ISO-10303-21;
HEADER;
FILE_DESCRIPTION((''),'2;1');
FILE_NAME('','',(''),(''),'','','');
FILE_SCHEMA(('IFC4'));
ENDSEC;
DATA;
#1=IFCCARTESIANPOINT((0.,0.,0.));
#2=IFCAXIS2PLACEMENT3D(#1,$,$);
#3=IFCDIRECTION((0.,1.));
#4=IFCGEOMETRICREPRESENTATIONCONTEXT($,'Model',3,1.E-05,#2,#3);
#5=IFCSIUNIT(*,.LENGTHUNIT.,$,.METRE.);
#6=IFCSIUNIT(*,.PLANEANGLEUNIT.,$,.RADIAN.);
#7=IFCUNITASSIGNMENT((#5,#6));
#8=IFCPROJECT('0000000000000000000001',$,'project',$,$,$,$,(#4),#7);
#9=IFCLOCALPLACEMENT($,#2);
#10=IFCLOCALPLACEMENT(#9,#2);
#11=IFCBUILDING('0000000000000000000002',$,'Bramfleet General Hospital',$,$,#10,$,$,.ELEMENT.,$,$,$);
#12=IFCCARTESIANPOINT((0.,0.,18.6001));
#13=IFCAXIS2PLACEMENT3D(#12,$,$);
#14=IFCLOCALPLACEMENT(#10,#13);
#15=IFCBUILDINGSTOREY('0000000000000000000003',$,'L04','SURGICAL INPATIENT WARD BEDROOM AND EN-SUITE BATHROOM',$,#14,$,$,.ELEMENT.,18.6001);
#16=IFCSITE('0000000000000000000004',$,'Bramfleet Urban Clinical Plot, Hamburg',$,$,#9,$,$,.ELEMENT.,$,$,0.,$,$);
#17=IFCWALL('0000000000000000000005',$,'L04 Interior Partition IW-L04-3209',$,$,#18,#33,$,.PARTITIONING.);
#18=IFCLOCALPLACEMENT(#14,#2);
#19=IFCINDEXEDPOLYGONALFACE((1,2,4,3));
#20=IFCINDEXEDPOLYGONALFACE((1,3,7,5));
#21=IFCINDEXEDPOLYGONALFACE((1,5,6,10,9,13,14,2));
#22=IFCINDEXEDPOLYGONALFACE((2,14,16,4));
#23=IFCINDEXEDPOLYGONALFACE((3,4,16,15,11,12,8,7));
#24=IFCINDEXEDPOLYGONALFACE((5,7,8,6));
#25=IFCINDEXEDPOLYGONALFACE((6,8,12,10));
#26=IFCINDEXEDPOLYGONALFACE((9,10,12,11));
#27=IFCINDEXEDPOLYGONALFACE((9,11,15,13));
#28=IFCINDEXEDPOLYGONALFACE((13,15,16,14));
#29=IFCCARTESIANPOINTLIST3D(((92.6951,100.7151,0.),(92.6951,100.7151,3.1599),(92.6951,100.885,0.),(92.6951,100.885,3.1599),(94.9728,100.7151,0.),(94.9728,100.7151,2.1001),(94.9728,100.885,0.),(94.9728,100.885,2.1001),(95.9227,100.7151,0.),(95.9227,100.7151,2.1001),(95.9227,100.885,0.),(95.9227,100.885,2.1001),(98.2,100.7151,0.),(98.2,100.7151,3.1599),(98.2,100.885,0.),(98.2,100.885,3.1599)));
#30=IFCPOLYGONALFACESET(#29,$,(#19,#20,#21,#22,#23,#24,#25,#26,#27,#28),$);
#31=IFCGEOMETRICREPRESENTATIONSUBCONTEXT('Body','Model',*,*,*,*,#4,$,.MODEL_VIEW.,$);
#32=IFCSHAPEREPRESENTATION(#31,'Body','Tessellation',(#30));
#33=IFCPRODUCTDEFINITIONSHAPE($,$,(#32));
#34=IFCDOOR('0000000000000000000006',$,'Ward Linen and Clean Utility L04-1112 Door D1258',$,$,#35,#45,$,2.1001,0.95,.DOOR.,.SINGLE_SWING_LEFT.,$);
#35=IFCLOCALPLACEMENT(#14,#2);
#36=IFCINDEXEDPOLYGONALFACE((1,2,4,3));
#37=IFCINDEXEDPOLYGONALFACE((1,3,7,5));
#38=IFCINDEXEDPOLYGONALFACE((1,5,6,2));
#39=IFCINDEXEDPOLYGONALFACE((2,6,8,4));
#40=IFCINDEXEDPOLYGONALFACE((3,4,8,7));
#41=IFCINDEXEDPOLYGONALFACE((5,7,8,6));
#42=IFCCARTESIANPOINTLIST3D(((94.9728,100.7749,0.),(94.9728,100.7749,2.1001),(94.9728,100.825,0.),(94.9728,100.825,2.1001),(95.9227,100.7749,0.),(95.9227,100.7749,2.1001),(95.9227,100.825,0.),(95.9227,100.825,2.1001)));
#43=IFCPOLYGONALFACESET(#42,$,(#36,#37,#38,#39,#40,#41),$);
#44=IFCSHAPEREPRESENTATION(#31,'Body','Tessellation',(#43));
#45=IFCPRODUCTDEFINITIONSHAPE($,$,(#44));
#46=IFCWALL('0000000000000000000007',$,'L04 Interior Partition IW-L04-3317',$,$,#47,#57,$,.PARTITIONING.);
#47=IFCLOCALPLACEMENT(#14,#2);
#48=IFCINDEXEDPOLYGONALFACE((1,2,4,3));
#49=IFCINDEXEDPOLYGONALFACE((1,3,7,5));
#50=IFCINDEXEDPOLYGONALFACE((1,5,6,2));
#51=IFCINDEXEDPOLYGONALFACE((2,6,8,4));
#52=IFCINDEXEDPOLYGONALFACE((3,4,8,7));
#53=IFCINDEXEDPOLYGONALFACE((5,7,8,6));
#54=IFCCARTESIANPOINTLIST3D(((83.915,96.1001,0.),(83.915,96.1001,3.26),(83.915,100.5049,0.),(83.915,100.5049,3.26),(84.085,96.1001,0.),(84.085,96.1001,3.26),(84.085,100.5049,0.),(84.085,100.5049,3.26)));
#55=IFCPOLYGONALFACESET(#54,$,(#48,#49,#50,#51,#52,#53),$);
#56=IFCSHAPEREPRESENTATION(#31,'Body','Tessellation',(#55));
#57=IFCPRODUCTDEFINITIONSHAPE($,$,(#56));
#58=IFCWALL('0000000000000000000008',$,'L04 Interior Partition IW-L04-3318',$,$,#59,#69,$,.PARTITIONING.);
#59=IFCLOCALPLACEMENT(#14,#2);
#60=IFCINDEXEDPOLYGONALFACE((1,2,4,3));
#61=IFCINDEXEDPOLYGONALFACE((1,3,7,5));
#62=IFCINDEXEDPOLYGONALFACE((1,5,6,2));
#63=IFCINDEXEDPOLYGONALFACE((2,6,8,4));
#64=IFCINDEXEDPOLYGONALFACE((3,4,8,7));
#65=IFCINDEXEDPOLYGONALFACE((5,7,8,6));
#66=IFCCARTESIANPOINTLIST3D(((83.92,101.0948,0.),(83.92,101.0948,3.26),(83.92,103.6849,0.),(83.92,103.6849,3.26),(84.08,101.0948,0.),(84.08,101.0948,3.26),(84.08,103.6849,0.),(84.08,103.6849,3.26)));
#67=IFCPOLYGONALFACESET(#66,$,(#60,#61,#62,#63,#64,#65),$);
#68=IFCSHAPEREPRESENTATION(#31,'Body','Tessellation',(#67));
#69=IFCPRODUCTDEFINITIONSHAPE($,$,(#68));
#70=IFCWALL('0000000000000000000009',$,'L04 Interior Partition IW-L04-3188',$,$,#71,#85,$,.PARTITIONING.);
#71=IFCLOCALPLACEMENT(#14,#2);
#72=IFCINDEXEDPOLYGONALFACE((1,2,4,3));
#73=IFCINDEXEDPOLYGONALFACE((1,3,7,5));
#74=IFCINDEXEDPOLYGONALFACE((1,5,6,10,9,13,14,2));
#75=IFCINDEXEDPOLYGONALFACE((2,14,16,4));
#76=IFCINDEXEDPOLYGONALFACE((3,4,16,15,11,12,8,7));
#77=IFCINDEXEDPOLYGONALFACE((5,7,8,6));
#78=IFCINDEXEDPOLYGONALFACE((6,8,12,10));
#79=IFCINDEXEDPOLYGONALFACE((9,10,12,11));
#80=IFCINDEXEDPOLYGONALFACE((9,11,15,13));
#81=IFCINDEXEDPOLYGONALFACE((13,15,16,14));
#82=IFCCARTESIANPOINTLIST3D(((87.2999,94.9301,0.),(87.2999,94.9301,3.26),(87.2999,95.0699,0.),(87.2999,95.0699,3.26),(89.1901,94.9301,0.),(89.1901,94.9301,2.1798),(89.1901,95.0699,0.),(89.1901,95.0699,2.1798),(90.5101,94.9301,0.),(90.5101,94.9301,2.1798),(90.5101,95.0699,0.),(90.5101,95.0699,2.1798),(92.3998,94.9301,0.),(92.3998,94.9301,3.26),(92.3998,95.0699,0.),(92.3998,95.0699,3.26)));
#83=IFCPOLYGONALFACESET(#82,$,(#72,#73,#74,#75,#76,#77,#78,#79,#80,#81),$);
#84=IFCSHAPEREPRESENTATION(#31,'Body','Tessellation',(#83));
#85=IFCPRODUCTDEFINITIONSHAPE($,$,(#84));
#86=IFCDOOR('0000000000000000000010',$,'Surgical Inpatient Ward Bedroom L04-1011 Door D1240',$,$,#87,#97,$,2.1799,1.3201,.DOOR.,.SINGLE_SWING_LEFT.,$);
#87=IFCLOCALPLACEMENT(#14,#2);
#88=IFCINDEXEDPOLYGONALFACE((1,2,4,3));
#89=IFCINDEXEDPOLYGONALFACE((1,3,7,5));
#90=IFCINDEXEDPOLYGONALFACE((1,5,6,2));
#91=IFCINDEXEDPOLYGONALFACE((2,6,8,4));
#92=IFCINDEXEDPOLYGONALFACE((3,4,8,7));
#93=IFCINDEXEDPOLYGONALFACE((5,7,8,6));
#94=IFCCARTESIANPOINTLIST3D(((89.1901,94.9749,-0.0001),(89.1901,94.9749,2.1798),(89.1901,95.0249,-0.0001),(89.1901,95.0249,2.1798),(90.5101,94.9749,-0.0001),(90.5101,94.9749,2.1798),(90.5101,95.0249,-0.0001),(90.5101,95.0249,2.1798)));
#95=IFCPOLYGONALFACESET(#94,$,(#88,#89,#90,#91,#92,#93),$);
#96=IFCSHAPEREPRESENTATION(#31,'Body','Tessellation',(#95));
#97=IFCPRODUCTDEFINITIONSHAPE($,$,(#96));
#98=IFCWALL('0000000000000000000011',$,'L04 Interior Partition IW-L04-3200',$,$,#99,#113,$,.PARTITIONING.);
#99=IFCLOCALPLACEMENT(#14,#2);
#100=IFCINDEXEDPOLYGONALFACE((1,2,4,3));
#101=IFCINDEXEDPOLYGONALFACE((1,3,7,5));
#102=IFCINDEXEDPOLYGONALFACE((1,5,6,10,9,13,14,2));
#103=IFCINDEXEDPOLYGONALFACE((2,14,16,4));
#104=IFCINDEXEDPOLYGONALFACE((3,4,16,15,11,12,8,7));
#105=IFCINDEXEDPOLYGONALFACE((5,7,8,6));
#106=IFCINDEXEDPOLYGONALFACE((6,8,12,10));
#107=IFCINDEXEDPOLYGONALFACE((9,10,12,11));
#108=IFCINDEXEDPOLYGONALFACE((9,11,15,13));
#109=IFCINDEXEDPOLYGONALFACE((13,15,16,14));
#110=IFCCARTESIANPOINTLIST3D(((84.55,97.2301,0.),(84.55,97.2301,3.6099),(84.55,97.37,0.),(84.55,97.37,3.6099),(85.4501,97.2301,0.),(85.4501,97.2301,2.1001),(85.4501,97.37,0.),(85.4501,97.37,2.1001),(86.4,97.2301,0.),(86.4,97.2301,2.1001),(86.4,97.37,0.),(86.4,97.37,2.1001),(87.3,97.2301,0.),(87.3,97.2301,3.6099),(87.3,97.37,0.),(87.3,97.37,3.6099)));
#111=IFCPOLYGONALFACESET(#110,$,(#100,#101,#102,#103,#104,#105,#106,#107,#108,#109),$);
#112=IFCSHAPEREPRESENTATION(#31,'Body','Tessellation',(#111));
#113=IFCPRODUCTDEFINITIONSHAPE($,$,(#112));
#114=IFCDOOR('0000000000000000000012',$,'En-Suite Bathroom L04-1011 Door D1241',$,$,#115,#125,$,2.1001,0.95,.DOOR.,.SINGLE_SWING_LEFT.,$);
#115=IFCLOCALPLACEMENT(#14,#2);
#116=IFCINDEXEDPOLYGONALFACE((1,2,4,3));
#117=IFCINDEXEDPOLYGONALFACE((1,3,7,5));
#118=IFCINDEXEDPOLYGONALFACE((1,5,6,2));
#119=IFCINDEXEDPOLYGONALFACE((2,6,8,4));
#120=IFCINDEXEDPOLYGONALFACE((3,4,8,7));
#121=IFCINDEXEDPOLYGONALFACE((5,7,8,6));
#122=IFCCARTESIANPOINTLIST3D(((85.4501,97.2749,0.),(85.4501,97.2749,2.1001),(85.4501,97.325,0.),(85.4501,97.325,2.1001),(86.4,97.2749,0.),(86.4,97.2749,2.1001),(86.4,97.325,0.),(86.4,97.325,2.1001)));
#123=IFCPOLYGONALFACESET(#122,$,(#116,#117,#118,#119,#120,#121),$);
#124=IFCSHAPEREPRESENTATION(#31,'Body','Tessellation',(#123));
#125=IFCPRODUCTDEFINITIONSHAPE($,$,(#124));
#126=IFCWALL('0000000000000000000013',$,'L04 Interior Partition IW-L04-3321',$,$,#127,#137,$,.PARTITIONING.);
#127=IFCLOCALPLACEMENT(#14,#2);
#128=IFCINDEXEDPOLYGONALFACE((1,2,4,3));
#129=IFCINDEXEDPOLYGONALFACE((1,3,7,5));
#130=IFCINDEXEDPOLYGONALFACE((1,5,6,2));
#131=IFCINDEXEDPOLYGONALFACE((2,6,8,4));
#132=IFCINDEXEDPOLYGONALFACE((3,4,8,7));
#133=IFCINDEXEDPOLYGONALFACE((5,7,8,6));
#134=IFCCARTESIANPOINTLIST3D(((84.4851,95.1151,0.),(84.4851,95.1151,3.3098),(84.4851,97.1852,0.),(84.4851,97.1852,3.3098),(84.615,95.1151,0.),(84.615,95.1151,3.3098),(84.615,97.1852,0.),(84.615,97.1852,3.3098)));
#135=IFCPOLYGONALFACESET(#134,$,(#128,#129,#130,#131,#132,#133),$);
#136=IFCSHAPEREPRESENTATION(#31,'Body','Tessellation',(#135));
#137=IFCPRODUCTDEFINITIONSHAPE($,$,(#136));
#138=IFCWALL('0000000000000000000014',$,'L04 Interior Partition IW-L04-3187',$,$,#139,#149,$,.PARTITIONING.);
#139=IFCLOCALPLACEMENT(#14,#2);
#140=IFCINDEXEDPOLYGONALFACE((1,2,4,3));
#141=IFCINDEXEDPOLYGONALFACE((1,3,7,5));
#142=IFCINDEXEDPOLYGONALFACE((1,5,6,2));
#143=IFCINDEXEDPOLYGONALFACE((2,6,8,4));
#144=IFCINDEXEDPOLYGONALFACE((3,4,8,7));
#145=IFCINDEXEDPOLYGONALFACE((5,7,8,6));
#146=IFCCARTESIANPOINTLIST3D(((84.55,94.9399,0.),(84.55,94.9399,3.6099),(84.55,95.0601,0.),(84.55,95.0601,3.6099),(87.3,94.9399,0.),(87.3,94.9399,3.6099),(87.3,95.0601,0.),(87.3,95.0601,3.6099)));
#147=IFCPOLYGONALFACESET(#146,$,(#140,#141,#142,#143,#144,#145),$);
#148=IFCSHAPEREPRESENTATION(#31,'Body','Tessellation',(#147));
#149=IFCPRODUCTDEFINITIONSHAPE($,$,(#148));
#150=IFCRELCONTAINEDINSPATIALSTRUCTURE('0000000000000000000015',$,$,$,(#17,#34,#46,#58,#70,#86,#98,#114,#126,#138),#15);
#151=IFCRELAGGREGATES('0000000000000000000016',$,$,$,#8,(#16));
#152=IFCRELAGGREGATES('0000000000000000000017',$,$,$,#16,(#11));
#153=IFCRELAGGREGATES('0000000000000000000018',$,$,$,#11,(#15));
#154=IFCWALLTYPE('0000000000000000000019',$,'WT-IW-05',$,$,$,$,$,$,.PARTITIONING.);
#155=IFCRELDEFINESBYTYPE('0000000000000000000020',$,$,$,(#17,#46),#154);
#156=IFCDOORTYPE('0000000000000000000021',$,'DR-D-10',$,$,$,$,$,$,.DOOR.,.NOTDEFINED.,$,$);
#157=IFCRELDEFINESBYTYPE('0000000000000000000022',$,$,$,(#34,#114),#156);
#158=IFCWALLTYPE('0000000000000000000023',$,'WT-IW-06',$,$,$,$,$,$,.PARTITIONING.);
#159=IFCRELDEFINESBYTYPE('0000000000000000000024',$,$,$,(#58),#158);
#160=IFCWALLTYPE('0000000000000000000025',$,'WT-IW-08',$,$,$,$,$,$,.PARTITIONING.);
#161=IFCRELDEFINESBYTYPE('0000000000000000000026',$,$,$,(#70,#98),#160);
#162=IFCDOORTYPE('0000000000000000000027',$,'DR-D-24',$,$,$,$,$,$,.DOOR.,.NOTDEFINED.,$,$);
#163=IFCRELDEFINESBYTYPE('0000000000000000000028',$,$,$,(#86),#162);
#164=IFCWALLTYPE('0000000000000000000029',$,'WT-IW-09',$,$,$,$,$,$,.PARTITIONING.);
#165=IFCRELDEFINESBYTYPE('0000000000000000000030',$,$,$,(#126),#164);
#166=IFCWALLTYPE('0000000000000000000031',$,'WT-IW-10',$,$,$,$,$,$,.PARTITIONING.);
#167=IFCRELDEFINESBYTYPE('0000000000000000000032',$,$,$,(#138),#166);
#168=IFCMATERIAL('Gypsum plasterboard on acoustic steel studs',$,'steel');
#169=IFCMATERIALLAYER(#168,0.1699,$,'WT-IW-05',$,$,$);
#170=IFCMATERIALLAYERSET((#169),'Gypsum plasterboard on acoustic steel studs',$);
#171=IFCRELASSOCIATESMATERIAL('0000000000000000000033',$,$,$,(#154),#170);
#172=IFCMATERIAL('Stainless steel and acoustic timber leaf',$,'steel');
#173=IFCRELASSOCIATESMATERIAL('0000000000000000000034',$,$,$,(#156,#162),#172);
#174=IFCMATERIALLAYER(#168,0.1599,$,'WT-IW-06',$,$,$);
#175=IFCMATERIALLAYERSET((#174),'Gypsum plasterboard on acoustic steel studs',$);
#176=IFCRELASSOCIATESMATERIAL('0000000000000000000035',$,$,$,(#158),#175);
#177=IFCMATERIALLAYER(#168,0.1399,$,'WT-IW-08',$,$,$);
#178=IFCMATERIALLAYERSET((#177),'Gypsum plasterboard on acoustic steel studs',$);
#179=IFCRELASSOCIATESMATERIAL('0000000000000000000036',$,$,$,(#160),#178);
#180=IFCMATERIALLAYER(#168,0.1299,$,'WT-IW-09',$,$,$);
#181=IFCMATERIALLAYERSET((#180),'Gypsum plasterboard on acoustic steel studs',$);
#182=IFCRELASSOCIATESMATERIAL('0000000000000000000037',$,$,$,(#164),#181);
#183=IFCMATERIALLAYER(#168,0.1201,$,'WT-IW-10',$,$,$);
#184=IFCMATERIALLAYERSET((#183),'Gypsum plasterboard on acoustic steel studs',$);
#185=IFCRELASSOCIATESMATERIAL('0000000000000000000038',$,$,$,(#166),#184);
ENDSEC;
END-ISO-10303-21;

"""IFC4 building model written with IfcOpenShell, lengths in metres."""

from ifc_helpers import new_model, si_unit, direction, frame, frame_2d, origin, place, context, subcontext, project, spatial, rectangle, extrude, material, layer, layer_set, type_object, element, fill, save


model = new_model("IFC4")

# Units and contexts
model_context = context("Model", 3, precision=1e-05, world=origin(), true_north=direction((0.0, 1.0)))
body_context = subcontext(model_context, "Body", "Model", "MODEL_VIEW")
ifc_project = project(units=[si_unit("LENGTHUNIT", "METRE"), si_unit("PLANEANGLEUNIT", "RADIAN")], contexts=[model_context])

# Site, building, storey
site_placement = place(None, origin())
site = spatial("IfcSite", under=ifc_project, at=site_placement, Name="Bramfleet Urban Clinical Plot, Hamburg", CompositionType="ELEMENT", RefElevation=0.0)
building_placement = place(site_placement, origin())
building = spatial("IfcBuilding", under=site, at=building_placement, Name="Bramfleet General Hospital", CompositionType="ELEMENT")
storey_placement = place(building_placement, frame((0.0, 0.0, 18.6001)))
storey = spatial("IfcBuildingStorey", under=building, at=storey_placement, Name="L04", Description="SURGICAL INPATIENT WARD BEDROOM AND EN-SUITE BATHROOM", CompositionType="ELEMENT", Elevation=18.6001)

# Wall, opening, door
ifc_material_1 = material(Name="Gypsum plasterboard on acoustic steel studs", Category="steel")
ifc_layer_1 = layer(ifc_material_1, 0.1699, Name="WT-IW-05")
ifc_layer_set_1 = layer_set([ifc_layer_1], Name="Gypsum plasterboard on acoustic steel studs")
wall_type_1 = type_object("IfcWallType", Name="WT-IW-05", PredefinedType="PARTITIONING", material=ifc_layer_set_1)
wall_1_placement = place(storey_placement, frame((92.6951, 100.8, 0.0), z_axis=(0.0, 0.0, 1.0), x_axis=(1.0, 0.0, 0.0)))
wall_1 = element("IfcWall", 1, at=wall_1_placement, inside=storey, type_object=wall_type_1, Name="L04 Interior Partition IW-L04-3209", PredefinedType="PARTITIONING", context=body_context, shape_type="SweptSolid", body=[
    extrude(rectangle(XDim=5.5049, YDim=0.1699, at=frame_2d((2.7524, 0.0))), origin(), (0.0, 0.0, 1.0), 3.1599),
])
opening_1_placement = place(wall_1_placement, frame((2.2776, 0.0, 0.0)))
opening_1 = element("IfcOpeningElement", 2, at=opening_1_placement, cuts=wall_1, PredefinedType="OPENING", context=body_context, shape_type="SweptSolid", body=[
    extrude(rectangle(XDim=0.95, YDim=2.1001, at=frame_2d((0.4751, 1.05))), frame((0.0, 0.095, 0.0), z_axis=(0.0, -1.0, 0.0), x_axis=(1.0, 0.0, 0.0)), (0.0, 0.0, 1.0), 0.1899),
])
ifc_material_2 = material(Name="Stainless steel and acoustic timber leaf", Category="steel")
door_type_1 = type_object("IfcDoorType", Name="DR-D-10", OperationType="NOTDEFINED", PredefinedType="DOOR", material=ifc_material_2)
door_1_placement = place(opening_1_placement, origin())
door_1 = element("IfcDoor", 3, at=door_1_placement, inside=storey, type_object=door_type_1, Name="Ward Linen and Clean Utility L04-1112 Door D1258", OperationType="SINGLE_SWING_LEFT", OverallHeight=2.1001, OverallWidth=0.95, PredefinedType="DOOR", context=body_context, shape_type="SweptSolid", body=[
    extrude(rectangle(XDim=0.95, YDim=2.1001, at=frame_2d((0.4751, 1.05))), frame((0.0, 0.0249, 0.0), z_axis=(0.0, -1.0, 0.0), x_axis=(1.0, 0.0, 0.0)), (0.0, 0.0, 1.0), 0.05),
])
fill(opening_1, door_1)

# Walls
wall_2_placement = place(storey_placement, frame((84.0, 96.1001, 0.0), z_axis=(0.0, 0.0, 1.0), x_axis=(0.0, 1.0, 0.0)))
element("IfcWall", 4, at=wall_2_placement, inside=storey, type_object=wall_type_1, Name="L04 Interior Partition IW-L04-3317", PredefinedType="PARTITIONING", context=body_context, shape_type="SweptSolid", body=[
    extrude(rectangle(XDim=4.4048, YDim=0.1699, at=frame_2d((2.2024, 0.0))), origin(), (0.0, 0.0, 1.0), 3.26),
])
ifc_layer_2 = layer(ifc_material_1, 0.1599, Name="WT-IW-06")
ifc_layer_set_2 = layer_set([ifc_layer_2], Name="Gypsum plasterboard on acoustic steel studs")
wall_type_2 = type_object("IfcWallType", Name="WT-IW-06", PredefinedType="PARTITIONING", material=ifc_layer_set_2)
wall_3_placement = place(storey_placement, frame((84.0, 101.095, 0.0), z_axis=(0.0, 0.0, 1.0), x_axis=(0.0, 1.0, 0.0)))
element("IfcWall", 5, at=wall_3_placement, inside=storey, type_object=wall_type_2, Name="L04 Interior Partition IW-L04-3318", PredefinedType="PARTITIONING", context=body_context, shape_type="SweptSolid", body=[
    extrude(rectangle(XDim=2.5901, YDim=0.1599, at=frame_2d((1.2949, 0.0))), origin(), (0.0, 0.0, 1.0), 3.26),
])

# Walls, openings, doors
ifc_layer_3 = layer(ifc_material_1, 0.1399, Name="WT-IW-08")
ifc_layer_set_3 = layer_set([ifc_layer_3], Name="Gypsum plasterboard on acoustic steel studs")
wall_type_3 = type_object("IfcWallType", Name="WT-IW-08", PredefinedType="PARTITIONING", material=ifc_layer_set_3)
wall_4_placement = place(storey_placement, frame((87.3, 95.0, 0.0), z_axis=(0.0, 0.0, 1.0), x_axis=(1.0, 0.0, 0.0)))
wall_4 = element("IfcWall", 6, at=wall_4_placement, inside=storey, type_object=wall_type_3, Name="L04 Interior Partition IW-L04-3188", PredefinedType="PARTITIONING", context=body_context, shape_type="SweptSolid", body=[
    extrude(rectangle(XDim=5.0999, YDim=0.1399, at=frame_2d((2.5498, 0.0))), origin(), (0.0, 0.0, 1.0), 3.26),
])
opening_2_placement = place(wall_4_placement, frame((1.8899, 0.0, 0.0)))
opening_2 = element("IfcOpeningElement", 7, at=opening_2_placement, cuts=wall_4, PredefinedType="OPENING", context=body_context, shape_type="SweptSolid", body=[
    extrude(rectangle(XDim=1.3201, YDim=2.1799, at=frame_2d((0.6602, 1.0898))), frame((0.0, 0.0798, 0.0), z_axis=(0.0, -1.0, 0.0), x_axis=(1.0, 0.0, 0.0)), (0.0, 0.0, 1.0), 0.1599),
])
door_type_2 = type_object("IfcDoorType", Name="DR-D-24", OperationType="NOTDEFINED", PredefinedType="DOOR", material=ifc_material_2)
door_2_placement = place(opening_2_placement, origin())
door_2 = element("IfcDoor", 8, at=door_2_placement, inside=storey, type_object=door_type_2, Name="Surgical Inpatient Ward Bedroom L04-1011 Door D1240", OperationType="SINGLE_SWING_LEFT", OverallHeight=2.1799, OverallWidth=1.3201, PredefinedType="DOOR", context=body_context, shape_type="SweptSolid", body=[
    extrude(rectangle(XDim=1.3201, YDim=2.1799, at=frame_2d((0.6602, 1.0898))), frame((0.0, 0.0249, 0.0), z_axis=(0.0, -1.0, 0.0), x_axis=(1.0, 0.0, 0.0)), (0.0, 0.0, 1.0), 0.05),
])
fill(opening_2, door_2)
wall_5_placement = place(storey_placement, frame((84.55, 97.3, 0.0), z_axis=(0.0, 0.0, 1.0), x_axis=(1.0, 0.0, 0.0)))
wall_5 = element("IfcWall", 9, at=wall_5_placement, inside=storey, type_object=wall_type_3, Name="L04 Interior Partition IW-L04-3200", PredefinedType="PARTITIONING", context=body_context, shape_type="SweptSolid", body=[
    extrude(rectangle(XDim=2.75, YDim=0.1399, at=frame_2d((1.375, 0.0))), origin(), (0.0, 0.0, 1.0), 3.6099),
])
opening_3_placement = place(wall_5_placement, frame((0.8999, 0.0, 0.0)))
opening_3 = element("IfcOpeningElement", 10, at=opening_3_placement, cuts=wall_5, PredefinedType="OPENING", context=body_context, shape_type="SweptSolid", body=[
    extrude(rectangle(XDim=0.95, YDim=2.1001, at=frame_2d((0.4751, 1.05))), frame((0.0, 0.0798, 0.0), z_axis=(0.0, -1.0, 0.0), x_axis=(1.0, 0.0, 0.0)), (0.0, 0.0, 1.0), 0.1599),
])
door_3_placement = place(opening_3_placement, origin())
door_3 = element("IfcDoor", 11, at=door_3_placement, inside=storey, type_object=door_type_1, Name="En-Suite Bathroom L04-1011 Door D1241", OperationType="SINGLE_SWING_LEFT", OverallHeight=2.1001, OverallWidth=0.95, PredefinedType="DOOR", context=body_context, shape_type="SweptSolid", body=[
    extrude(rectangle(XDim=0.95, YDim=2.1001, at=frame_2d((0.4751, 1.05))), frame((0.0, 0.0249, 0.0), z_axis=(0.0, -1.0, 0.0), x_axis=(1.0, 0.0, 0.0)), (0.0, 0.0, 1.0), 0.05),
])
fill(opening_3, door_3)

# Walls
ifc_layer_4 = layer(ifc_material_1, 0.1299, Name="WT-IW-09")
ifc_layer_set_4 = layer_set([ifc_layer_4], Name="Gypsum plasterboard on acoustic steel studs")
wall_type_4 = type_object("IfcWallType", Name="WT-IW-09", PredefinedType="PARTITIONING", material=ifc_layer_set_4)
wall_6_placement = place(storey_placement, frame((84.55, 95.115, 0.0), z_axis=(0.0, 0.0, 1.0), x_axis=(0.0, 1.0, 0.0)))
element("IfcWall", 12, at=wall_6_placement, inside=storey, type_object=wall_type_4, Name="L04 Interior Partition IW-L04-3321", PredefinedType="PARTITIONING", context=body_context, shape_type="SweptSolid", body=[
    extrude(rectangle(XDim=2.0701, YDim=0.1299, at=frame_2d((1.0352, 0.0))), origin(), (0.0, 0.0, 1.0), 3.3098),
])
ifc_layer_5 = layer(ifc_material_1, 0.1201, Name="WT-IW-10")
ifc_layer_set_5 = layer_set([ifc_layer_5], Name="Gypsum plasterboard on acoustic steel studs")
wall_type_5 = type_object("IfcWallType", Name="WT-IW-10", PredefinedType="PARTITIONING", material=ifc_layer_set_5)
wall_7_placement = place(storey_placement, frame((84.55, 95.0, 0.0), z_axis=(0.0, 0.0, 1.0), x_axis=(1.0, 0.0, 0.0)))
element("IfcWall", 13, at=wall_7_placement, inside=storey, type_object=wall_type_5, Name="L04 Interior Partition IW-L04-3187", PredefinedType="PARTITIONING", context=body_context, shape_type="SweptSolid", body=[
    extrude(rectangle(XDim=2.75, YDim=0.1201, at=frame_2d((1.375, 0.0))), origin(), (0.0, 0.0, 1.0), 3.6099),
])

save(model, "model.ifc")
